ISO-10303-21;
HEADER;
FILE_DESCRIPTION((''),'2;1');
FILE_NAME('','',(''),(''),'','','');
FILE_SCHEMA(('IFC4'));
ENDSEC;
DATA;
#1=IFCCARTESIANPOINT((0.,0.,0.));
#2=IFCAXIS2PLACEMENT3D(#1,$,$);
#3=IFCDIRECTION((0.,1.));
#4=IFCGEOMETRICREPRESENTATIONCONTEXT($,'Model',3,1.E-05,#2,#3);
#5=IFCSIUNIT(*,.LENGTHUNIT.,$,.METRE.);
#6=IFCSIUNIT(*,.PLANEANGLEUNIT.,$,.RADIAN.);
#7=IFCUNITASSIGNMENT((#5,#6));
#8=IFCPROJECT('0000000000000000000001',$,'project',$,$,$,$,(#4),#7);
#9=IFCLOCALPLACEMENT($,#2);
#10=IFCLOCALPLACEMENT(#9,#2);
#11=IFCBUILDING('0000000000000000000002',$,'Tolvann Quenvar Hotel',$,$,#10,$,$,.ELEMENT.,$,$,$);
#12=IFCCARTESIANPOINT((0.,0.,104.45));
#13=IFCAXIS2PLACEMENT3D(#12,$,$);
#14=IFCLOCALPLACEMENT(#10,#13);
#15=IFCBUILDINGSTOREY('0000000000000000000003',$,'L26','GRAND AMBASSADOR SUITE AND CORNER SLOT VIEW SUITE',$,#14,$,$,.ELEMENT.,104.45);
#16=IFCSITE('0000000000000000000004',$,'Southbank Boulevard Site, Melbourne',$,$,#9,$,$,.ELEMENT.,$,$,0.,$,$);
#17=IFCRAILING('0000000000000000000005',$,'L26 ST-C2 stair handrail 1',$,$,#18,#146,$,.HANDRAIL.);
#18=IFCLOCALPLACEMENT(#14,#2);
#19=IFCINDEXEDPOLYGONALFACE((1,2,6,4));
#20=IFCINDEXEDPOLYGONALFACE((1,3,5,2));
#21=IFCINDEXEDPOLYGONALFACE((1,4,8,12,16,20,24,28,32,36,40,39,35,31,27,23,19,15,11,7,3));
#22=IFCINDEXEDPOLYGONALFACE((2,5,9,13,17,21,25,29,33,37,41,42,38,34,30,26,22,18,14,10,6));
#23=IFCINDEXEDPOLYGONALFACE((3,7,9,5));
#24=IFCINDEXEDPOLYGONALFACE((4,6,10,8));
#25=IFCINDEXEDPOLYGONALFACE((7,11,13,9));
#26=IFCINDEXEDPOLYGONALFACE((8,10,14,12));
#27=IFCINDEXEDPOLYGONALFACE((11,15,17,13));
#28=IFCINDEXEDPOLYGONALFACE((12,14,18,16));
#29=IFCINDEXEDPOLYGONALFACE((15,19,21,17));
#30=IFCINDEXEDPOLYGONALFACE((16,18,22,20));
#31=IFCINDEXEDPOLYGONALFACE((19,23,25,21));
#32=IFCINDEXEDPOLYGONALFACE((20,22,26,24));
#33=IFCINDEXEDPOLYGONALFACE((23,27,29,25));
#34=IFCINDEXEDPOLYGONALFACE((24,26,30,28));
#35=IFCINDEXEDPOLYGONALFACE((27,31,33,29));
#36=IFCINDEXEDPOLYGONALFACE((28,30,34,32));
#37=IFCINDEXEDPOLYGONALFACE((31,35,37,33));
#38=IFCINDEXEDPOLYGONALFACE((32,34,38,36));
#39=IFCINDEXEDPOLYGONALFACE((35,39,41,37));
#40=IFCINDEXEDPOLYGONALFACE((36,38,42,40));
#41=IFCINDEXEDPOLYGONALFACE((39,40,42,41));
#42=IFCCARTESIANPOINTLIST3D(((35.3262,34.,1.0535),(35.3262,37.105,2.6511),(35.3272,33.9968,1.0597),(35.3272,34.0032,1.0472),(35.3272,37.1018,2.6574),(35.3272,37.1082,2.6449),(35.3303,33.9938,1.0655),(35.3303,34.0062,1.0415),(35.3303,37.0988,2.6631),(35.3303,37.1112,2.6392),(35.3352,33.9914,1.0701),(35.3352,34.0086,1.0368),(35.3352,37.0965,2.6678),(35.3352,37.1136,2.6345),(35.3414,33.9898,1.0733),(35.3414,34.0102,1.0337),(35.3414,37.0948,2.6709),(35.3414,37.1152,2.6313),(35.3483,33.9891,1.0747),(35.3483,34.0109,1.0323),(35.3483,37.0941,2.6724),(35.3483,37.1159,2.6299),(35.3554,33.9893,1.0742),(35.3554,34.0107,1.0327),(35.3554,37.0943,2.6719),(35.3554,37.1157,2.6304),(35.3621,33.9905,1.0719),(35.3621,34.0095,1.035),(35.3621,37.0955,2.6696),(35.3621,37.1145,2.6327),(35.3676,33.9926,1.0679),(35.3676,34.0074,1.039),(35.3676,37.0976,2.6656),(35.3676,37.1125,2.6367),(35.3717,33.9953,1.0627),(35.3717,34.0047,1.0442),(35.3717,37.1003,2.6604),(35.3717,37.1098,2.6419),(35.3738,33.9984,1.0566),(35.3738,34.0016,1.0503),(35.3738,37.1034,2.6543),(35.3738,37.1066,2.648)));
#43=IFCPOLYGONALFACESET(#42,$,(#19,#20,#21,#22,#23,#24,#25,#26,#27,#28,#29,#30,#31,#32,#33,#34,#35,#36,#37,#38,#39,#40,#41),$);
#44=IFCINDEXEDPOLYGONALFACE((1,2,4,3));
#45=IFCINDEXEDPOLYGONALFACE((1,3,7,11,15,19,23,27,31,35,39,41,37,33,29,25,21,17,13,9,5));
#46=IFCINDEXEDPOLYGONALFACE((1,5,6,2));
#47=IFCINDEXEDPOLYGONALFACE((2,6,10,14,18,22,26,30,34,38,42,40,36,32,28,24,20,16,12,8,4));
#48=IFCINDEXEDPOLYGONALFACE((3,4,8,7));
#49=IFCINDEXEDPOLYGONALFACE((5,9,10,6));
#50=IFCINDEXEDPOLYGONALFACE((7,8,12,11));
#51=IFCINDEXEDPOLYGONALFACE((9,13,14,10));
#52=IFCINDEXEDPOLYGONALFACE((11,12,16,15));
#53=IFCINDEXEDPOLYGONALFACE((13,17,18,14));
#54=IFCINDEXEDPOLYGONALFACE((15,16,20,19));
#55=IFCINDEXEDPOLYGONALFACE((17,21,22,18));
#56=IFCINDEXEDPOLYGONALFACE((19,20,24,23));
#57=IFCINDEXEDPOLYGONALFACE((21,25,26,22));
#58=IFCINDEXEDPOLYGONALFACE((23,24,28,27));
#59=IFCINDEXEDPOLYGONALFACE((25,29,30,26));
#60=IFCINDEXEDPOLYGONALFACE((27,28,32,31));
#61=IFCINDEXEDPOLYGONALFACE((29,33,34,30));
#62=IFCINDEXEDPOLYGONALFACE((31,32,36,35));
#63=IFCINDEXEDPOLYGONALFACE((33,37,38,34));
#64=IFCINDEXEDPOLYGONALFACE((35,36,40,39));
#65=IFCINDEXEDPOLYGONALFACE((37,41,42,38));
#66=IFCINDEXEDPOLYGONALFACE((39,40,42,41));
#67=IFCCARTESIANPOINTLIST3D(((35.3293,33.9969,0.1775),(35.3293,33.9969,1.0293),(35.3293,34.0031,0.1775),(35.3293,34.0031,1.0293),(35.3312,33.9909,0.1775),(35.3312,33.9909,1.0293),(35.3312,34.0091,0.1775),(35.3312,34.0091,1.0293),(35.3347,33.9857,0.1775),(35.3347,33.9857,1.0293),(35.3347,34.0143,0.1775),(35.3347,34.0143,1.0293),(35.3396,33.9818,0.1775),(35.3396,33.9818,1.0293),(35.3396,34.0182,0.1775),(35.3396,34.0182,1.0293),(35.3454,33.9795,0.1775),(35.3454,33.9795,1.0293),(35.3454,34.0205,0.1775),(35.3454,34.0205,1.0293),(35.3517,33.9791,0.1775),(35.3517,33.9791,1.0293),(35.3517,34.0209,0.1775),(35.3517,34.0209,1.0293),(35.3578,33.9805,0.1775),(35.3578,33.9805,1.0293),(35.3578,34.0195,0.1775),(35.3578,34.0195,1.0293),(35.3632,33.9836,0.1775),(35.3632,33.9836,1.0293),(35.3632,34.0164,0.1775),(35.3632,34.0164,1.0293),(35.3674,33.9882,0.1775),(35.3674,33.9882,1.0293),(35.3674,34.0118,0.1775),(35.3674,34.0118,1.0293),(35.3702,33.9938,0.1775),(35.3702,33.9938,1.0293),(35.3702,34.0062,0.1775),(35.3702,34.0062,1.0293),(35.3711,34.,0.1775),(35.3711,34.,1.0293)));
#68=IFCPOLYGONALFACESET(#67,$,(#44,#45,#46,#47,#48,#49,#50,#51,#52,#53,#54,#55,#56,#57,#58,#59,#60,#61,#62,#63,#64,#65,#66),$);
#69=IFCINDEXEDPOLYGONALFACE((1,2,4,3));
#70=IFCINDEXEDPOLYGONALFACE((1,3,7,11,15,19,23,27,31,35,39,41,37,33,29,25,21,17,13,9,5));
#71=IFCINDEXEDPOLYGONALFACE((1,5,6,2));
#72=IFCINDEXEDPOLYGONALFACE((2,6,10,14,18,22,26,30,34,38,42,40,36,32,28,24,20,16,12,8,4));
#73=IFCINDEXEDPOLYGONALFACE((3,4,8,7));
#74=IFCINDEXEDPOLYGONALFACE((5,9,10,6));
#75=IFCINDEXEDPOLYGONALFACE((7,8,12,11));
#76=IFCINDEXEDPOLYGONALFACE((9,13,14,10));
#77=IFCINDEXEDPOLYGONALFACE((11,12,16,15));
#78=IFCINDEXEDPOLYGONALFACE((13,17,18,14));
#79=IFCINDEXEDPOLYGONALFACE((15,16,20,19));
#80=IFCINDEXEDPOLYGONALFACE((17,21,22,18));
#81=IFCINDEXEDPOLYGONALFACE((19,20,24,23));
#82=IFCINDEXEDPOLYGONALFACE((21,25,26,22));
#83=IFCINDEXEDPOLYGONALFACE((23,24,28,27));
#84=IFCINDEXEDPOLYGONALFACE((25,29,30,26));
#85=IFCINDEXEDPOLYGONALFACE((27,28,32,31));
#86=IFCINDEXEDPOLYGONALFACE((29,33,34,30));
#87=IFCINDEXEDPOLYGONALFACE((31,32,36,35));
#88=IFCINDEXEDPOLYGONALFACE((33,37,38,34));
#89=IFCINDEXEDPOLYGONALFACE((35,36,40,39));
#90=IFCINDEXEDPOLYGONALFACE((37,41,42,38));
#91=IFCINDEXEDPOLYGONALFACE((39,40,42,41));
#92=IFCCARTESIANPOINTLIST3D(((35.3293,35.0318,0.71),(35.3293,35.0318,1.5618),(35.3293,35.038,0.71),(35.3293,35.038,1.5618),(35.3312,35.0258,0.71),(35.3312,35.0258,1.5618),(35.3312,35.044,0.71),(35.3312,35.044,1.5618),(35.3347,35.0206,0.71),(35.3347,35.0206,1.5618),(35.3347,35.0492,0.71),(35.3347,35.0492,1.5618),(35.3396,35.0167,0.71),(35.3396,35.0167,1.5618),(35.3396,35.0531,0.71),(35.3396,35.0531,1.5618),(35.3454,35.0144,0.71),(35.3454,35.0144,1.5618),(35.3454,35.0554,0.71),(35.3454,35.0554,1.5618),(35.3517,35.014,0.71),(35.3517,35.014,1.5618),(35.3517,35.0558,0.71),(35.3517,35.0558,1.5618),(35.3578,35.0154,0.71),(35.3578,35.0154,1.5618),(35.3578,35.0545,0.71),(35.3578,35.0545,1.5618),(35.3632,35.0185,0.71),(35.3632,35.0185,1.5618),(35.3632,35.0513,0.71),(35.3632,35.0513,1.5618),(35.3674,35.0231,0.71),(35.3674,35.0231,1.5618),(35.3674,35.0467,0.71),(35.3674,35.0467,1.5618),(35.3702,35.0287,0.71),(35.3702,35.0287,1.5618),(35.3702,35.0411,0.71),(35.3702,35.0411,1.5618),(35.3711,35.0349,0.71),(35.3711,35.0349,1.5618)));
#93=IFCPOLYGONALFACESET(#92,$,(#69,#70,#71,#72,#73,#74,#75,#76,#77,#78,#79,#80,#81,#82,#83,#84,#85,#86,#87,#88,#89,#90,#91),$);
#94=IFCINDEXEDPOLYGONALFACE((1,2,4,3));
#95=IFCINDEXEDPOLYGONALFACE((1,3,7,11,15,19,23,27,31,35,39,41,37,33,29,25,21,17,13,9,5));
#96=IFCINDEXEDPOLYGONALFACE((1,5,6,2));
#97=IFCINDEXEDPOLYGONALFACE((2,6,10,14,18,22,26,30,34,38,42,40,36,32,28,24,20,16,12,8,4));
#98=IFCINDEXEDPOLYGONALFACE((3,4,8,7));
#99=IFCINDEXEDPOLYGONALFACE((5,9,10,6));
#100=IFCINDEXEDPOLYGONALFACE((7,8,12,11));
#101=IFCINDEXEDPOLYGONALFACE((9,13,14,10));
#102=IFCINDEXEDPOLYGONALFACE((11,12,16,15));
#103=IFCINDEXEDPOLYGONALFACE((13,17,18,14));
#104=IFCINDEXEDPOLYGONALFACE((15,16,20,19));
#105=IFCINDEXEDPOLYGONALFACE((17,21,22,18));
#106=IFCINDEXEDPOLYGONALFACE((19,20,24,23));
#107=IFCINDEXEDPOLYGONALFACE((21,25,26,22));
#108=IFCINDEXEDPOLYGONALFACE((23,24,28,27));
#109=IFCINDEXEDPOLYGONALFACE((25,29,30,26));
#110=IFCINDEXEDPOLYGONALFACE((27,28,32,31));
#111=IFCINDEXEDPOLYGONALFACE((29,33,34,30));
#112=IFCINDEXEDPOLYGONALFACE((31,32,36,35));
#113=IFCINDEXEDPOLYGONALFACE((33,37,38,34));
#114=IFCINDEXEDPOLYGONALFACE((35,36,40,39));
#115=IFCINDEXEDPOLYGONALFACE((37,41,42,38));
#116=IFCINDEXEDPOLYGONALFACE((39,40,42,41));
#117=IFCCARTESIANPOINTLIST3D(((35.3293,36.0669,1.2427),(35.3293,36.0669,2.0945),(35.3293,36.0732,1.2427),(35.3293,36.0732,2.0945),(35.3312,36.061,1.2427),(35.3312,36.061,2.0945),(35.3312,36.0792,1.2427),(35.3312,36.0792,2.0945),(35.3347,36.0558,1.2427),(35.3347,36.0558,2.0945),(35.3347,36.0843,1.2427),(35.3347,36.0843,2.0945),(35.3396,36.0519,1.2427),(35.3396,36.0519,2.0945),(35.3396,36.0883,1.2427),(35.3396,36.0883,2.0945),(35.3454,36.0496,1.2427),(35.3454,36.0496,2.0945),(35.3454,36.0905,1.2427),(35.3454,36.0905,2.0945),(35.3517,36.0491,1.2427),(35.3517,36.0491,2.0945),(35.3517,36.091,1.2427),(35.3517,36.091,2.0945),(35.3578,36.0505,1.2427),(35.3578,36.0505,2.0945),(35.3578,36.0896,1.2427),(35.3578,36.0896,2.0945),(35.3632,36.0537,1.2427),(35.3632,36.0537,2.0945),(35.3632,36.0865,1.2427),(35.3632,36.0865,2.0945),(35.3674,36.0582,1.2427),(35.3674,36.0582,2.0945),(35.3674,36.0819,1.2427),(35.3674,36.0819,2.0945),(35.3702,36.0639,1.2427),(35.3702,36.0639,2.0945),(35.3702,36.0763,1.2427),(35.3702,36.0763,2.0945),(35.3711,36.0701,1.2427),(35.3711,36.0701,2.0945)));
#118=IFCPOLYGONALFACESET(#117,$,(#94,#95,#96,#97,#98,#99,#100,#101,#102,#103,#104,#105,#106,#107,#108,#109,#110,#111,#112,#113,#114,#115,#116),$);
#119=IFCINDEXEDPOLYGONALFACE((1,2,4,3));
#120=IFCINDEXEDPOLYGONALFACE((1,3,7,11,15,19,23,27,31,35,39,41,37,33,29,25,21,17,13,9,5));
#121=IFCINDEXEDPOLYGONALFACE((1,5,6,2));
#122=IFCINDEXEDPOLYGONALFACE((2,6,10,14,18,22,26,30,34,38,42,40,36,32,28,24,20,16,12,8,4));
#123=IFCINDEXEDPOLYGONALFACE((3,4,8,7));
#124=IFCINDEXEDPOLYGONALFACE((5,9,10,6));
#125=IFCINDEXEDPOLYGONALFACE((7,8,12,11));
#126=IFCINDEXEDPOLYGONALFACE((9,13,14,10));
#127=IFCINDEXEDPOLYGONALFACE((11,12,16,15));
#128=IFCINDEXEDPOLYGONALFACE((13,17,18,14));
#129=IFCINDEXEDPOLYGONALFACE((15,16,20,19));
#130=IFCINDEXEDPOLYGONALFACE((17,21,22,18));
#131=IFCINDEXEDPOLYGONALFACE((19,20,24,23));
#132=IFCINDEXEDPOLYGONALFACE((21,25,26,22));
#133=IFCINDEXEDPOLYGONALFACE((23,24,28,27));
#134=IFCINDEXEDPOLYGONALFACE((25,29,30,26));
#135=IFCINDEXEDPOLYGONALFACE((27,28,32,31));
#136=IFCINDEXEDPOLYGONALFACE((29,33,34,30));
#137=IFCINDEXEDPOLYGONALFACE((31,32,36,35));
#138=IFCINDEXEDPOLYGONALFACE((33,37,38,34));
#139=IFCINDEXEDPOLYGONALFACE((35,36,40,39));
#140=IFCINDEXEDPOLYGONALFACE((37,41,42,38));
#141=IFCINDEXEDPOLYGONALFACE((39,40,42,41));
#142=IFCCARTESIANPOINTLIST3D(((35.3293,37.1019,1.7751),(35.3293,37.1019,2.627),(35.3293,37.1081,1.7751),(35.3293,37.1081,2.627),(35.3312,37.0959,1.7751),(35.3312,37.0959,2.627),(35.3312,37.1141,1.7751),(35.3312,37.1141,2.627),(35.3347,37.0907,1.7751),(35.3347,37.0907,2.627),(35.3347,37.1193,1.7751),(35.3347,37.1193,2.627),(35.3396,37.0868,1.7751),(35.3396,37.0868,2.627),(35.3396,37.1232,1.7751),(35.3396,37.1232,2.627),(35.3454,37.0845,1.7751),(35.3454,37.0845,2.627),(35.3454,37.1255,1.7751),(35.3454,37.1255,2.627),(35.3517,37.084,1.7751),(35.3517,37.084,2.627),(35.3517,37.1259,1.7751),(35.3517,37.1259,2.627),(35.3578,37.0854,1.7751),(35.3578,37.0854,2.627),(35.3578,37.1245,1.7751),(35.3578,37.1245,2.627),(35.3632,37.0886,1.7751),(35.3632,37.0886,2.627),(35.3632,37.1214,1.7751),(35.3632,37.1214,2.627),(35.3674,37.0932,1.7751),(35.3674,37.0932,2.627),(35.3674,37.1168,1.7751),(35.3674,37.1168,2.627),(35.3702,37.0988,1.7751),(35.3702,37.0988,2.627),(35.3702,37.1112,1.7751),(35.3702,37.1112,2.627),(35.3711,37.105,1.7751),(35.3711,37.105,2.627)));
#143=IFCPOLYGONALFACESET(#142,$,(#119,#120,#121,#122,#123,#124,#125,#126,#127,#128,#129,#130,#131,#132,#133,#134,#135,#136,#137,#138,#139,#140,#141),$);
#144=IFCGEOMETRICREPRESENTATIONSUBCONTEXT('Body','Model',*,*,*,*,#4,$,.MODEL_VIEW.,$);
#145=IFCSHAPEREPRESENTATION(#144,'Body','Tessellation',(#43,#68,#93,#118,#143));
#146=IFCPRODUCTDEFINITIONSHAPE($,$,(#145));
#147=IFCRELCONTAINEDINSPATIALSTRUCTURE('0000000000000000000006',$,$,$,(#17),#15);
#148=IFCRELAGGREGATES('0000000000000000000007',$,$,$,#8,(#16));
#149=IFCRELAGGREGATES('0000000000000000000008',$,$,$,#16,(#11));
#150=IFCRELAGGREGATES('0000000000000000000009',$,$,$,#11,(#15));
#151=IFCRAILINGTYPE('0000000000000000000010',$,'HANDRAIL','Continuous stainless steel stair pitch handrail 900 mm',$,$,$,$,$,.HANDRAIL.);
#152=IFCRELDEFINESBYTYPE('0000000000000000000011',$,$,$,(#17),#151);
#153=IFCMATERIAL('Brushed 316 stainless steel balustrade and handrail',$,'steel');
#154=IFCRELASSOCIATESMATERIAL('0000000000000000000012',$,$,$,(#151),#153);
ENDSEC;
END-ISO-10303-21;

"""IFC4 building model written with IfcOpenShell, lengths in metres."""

from ifc_helpers import new_model, si_unit, direction, frame, origin, origin_2d, place, context, subcontext, project, spatial, circle, extrude, material, type_object, element, save


model = new_model("IFC4")

# Units and contexts
model_context = context("Model", 3, precision=1e-05, world=origin(), true_north=direction((0.0, 1.0)))
body_context = subcontext(model_context, "Body", "Model", "MODEL_VIEW")
ifc_project = project(units=[si_unit("LENGTHUNIT", "METRE"), si_unit("PLANEANGLEUNIT", "RADIAN")], contexts=[model_context])

# Site, building, storey
site_placement = place(None, origin())
site = spatial("IfcSite", under=ifc_project, at=site_placement, Name="Southbank Boulevard Site, Melbourne", CompositionType="ELEMENT", RefElevation=0.0)
building_placement = place(site_placement, origin())
building = spatial("IfcBuilding", under=site, at=building_placement, Name="Tolvann Quenvar Hotel", CompositionType="ELEMENT")
storey_placement = place(building_placement, frame((0.0, 0.0, 104.45)))
storey = spatial("IfcBuildingStorey", under=building, at=storey_placement, Name="L26", Description="GRAND AMBASSADOR SUITE AND CORNER SLOT VIEW SUITE", CompositionType="ELEMENT", Elevation=104.45)

# Railing
ifc_material_1 = material(Name="Brushed 316 stainless steel balustrade and handrail", Category="steel")
railing_type_1 = type_object("IfcRailingType", Name="HANDRAIL", Description="Continuous stainless steel stair pitch handrail 900 mm", PredefinedType="HANDRAIL", material=ifc_material_1)
railing_1_placement = place(storey_placement, frame((35.3501, 34.0, 0.1775)))
element("IfcRailing", 1, at=railing_1_placement, inside=storey, type_object=railing_type_1, Name="L26 ST-C2 stair handrail 1", PredefinedType="HANDRAIL", context=body_context, shape_type="SweptSolid", body=[
    extrude(circle(Radius=0.0239, at=origin_2d()), frame((0.0, 0.0, 0.876), z_axis=(0.0, 0.889194, 0.457531), x_axis=(-1.0, 0.0, 0.0)), (0.0, 0.0, 1.0), 3.4919),
    extrude(circle(Radius=0.021, at=origin_2d()), origin(), (0.0, 0.0, 1.0), 0.8518),
    extrude(circle(Radius=0.021, at=origin_2d()), frame((0.0, 1.0349, 0.5325)), (0.0, 0.0, 1.0), 0.8518),
    extrude(circle(Radius=0.021, at=origin_2d()), frame((0.0, 2.0701, 1.0652)), (0.0, 0.0, 1.0), 0.8518),
    extrude(circle(Radius=0.021, at=origin_2d()), frame((0.0, 3.105, 1.5977)), (0.0, 0.0, 1.0), 0.8518),
])

save(model, "model.ifc")
